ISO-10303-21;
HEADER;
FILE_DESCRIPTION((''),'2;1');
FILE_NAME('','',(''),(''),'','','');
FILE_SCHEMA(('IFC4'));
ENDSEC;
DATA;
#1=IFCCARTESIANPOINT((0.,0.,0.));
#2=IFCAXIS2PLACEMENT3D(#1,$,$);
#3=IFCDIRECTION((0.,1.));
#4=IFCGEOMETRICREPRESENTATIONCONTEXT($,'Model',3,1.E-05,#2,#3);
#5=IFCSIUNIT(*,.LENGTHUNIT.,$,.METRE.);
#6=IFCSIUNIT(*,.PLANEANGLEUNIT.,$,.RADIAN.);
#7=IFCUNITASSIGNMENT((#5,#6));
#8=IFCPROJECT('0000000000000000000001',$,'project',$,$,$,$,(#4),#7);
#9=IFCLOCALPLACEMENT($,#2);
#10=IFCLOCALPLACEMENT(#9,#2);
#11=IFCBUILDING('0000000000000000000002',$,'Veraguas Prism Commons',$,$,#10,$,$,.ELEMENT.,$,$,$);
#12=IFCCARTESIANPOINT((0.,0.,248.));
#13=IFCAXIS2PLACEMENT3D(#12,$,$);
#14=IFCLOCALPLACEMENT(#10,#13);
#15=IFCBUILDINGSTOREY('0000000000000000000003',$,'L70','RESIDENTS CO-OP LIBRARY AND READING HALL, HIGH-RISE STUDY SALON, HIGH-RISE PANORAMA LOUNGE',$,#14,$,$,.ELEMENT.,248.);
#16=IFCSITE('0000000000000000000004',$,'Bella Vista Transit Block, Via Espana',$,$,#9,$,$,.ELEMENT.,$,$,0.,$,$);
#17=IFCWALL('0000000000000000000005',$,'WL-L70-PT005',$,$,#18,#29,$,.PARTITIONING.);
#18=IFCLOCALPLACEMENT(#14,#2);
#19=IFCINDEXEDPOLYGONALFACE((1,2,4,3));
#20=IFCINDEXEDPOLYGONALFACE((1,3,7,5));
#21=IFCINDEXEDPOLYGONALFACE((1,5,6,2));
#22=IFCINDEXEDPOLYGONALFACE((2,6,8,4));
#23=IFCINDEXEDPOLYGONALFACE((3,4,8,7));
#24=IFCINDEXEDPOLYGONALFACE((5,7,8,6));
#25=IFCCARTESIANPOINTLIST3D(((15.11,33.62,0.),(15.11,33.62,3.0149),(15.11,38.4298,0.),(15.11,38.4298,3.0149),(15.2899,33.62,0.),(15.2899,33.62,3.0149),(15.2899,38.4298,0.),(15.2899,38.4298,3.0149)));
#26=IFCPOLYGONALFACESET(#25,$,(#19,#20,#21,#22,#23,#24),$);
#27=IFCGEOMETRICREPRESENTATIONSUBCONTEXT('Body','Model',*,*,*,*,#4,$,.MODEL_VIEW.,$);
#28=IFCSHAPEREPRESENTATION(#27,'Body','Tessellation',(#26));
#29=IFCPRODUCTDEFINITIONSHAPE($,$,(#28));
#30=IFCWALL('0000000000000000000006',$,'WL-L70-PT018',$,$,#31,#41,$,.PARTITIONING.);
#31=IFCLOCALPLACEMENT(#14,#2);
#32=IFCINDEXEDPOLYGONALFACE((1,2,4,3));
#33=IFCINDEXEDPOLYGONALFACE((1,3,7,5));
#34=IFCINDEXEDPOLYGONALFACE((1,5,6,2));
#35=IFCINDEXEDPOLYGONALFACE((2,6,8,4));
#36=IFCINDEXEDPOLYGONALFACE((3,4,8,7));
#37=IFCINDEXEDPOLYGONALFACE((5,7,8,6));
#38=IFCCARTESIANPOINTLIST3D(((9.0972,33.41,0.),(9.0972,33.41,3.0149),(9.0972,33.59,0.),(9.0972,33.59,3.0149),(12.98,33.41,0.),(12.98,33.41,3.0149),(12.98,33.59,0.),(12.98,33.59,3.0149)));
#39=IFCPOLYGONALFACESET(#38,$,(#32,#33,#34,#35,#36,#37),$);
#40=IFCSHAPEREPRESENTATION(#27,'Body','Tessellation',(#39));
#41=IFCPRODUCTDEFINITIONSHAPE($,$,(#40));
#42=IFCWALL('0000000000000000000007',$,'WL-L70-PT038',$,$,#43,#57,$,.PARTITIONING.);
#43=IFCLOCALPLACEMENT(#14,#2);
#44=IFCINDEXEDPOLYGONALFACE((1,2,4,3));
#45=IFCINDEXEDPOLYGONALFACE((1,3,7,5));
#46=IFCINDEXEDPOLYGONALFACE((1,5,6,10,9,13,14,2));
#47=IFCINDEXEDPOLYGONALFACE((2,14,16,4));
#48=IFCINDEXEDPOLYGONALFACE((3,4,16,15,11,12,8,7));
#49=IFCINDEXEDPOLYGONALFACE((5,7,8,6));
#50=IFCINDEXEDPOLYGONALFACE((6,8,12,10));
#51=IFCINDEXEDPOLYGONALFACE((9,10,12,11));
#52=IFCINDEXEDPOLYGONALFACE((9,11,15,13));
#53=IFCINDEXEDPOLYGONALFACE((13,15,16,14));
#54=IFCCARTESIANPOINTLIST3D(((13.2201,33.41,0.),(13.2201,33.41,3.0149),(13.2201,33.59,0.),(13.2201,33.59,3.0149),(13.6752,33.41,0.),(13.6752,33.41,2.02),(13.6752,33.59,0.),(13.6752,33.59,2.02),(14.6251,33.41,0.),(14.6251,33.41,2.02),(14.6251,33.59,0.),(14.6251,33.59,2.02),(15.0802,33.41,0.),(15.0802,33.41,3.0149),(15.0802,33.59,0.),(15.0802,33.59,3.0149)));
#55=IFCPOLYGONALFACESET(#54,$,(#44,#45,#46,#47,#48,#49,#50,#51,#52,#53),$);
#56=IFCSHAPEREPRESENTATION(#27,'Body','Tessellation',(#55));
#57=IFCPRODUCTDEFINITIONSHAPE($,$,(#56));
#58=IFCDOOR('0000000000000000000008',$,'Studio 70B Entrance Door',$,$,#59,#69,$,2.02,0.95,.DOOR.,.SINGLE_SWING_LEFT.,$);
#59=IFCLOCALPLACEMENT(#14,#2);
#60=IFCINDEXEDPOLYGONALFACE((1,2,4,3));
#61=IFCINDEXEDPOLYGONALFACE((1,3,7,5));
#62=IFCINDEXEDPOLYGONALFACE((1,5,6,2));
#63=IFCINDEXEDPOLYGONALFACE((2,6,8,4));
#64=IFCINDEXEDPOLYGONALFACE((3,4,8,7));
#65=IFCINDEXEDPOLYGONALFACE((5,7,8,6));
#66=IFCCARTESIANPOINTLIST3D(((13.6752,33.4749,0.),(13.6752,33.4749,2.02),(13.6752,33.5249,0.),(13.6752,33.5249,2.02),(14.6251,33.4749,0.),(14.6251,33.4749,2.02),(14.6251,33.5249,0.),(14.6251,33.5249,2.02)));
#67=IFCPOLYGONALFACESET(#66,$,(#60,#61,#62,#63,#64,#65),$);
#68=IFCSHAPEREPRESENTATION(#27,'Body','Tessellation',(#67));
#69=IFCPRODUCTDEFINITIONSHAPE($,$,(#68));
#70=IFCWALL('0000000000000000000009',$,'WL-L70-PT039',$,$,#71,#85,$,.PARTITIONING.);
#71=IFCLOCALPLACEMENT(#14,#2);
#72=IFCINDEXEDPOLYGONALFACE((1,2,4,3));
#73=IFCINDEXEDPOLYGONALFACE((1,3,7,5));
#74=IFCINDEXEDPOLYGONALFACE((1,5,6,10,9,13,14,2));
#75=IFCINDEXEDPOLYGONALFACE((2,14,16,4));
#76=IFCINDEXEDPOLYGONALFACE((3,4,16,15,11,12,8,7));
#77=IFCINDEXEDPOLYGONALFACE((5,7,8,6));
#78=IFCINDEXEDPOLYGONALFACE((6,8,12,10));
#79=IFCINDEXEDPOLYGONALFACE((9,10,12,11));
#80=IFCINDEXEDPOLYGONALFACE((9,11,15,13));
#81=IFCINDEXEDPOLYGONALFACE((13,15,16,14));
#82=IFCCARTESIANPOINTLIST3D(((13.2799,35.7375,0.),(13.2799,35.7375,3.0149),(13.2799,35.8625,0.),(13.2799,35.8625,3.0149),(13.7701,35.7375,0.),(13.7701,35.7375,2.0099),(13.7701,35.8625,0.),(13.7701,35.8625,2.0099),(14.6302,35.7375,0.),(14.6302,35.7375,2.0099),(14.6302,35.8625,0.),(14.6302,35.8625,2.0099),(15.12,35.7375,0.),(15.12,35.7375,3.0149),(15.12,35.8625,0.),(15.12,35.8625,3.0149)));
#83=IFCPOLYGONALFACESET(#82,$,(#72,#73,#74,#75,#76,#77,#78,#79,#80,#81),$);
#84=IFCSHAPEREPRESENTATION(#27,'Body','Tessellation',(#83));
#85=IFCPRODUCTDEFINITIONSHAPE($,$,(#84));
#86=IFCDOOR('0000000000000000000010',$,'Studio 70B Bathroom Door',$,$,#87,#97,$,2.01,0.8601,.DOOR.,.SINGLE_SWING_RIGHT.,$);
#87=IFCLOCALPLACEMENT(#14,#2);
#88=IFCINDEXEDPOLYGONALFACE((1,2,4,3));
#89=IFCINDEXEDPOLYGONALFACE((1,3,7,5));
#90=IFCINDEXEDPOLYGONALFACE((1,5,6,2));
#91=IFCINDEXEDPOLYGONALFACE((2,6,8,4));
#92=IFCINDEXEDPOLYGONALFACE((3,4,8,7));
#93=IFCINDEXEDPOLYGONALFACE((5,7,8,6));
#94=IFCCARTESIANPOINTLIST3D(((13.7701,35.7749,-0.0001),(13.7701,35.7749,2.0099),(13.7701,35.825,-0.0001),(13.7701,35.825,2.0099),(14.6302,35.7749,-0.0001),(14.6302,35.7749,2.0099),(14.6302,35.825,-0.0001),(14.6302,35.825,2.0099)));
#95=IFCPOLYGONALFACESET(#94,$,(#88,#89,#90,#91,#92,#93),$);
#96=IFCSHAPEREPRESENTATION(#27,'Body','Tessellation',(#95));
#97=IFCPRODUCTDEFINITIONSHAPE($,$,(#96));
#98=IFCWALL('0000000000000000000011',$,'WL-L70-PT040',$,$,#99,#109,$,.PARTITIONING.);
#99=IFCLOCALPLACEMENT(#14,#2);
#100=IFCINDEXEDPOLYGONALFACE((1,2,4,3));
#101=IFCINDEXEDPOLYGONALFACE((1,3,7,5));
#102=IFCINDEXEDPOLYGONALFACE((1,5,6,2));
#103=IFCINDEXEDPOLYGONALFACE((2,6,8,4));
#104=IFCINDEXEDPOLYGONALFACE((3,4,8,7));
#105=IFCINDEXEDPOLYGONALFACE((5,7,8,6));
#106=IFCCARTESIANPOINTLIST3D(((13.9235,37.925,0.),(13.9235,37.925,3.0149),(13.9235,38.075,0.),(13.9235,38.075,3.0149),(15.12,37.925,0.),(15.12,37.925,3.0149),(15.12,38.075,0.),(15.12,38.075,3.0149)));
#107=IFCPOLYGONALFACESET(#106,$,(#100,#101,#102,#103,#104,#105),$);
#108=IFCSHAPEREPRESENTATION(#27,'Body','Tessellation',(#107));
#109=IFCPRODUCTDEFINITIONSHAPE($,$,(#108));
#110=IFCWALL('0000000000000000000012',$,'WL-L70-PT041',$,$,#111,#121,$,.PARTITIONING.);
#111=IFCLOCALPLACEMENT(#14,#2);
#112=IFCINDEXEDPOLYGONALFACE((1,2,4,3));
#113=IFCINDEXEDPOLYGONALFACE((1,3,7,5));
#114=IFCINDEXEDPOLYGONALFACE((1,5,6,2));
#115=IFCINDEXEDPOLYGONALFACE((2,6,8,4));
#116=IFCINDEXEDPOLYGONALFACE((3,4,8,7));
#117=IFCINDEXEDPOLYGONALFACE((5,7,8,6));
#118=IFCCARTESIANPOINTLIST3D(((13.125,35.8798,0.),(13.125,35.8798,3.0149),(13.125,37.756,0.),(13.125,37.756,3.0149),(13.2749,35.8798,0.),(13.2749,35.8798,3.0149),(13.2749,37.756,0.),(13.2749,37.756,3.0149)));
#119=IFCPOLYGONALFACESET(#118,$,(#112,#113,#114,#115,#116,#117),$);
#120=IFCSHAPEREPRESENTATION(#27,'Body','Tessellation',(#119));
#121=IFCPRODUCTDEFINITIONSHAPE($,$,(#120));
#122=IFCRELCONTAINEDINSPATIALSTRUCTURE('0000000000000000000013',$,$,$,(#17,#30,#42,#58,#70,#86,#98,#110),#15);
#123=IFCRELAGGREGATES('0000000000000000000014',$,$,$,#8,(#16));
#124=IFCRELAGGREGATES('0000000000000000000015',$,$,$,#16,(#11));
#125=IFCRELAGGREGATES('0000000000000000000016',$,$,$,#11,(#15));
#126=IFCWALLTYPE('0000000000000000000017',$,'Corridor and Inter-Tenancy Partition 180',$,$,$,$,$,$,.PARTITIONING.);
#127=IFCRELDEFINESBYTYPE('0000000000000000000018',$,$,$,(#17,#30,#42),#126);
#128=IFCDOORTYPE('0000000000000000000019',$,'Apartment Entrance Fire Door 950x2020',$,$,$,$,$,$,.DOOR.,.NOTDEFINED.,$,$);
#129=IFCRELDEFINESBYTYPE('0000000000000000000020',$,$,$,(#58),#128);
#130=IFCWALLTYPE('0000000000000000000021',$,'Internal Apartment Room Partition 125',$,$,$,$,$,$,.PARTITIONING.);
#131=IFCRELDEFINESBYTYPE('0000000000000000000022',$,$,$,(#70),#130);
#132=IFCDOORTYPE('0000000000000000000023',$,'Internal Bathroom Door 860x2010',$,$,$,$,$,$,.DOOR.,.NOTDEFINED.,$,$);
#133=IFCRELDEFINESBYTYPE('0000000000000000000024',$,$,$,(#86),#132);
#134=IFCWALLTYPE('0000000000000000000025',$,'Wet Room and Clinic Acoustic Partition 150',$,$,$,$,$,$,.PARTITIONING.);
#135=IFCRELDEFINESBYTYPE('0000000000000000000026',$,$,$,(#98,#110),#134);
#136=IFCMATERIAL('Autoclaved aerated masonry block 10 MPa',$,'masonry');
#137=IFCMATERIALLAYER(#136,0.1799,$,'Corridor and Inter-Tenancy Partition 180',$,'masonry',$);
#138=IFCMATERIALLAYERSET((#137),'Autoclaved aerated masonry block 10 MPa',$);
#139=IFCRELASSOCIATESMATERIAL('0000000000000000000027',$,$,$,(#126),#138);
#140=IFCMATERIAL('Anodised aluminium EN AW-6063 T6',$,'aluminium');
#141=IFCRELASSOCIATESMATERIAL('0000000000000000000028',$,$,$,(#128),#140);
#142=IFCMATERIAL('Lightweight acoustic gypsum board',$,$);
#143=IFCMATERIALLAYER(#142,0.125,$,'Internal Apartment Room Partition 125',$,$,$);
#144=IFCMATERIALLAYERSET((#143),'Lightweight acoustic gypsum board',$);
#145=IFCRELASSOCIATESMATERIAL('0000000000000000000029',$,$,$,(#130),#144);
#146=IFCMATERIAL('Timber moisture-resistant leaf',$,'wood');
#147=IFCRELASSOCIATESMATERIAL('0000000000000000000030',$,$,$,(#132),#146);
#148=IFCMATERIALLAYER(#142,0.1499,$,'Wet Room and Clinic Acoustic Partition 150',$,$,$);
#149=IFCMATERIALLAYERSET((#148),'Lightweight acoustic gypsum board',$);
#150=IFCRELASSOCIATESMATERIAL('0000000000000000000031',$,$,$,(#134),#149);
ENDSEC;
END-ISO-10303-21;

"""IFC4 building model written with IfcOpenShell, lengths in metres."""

from ifc_helpers import new_model, si_unit, direction, frame, frame_2d, origin, place, context, subcontext, project, spatial, rectangle, extrude, source, transform, mapped, material, layer, layer_set, type_object, element, fill, save


model = new_model("IFC4")

# Units and contexts
model_context = context("Model", 3, precision=1e-05, world=origin(), true_north=direction((0.0, 1.0)))
body_context = subcontext(model_context, "Body", "Model", "MODEL_VIEW")
ifc_project = project(units=[si_unit("LENGTHUNIT", "METRE"), si_unit("PLANEANGLEUNIT", "RADIAN")], contexts=[model_context])

# Site, building, storey
site_placement = place(None, origin())
site = spatial("IfcSite", under=ifc_project, at=site_placement, Name="Bella Vista Transit Block, Via Espana", CompositionType="ELEMENT", RefElevation=0.0)
building_placement = place(site_placement, origin())
building = spatial("IfcBuilding", under=site, at=building_placement, Name="Veraguas Prism Commons", CompositionType="ELEMENT")
storey_placement = place(building_placement, frame((0.0, 0.0, 248.0)))
storey = spatial("IfcBuildingStorey", under=building, at=storey_placement, Name="L70", Description="RESIDENTS CO-OP LIBRARY AND READING HALL, HIGH-RISE STUDY SALON, HIGH-RISE PANORAMA LOUNGE", CompositionType="ELEMENT", Elevation=248.0)

# Shared definitions
ifc_material_1 = material(Name="Anodised aluminium EN AW-6063 T6", Category="aluminium")

# Walls
ifc_material_2 = material(Name="Autoclaved aerated masonry block 10 MPa", Category="masonry")
ifc_layer_1 = layer(ifc_material_2, 0.1799, Name="Corridor and Inter-Tenancy Partition 180", Category="masonry")
ifc_layer_set_1 = layer_set([ifc_layer_1], Name="Autoclaved aerated masonry block 10 MPa")
wall_type_1 = type_object("IfcWallType", Name="Corridor and Inter-Tenancy Partition 180", PredefinedType="PARTITIONING", material=ifc_layer_set_1)
wall_1_placement = place(storey_placement, frame((15.2, 33.6201, 0.0), z_axis=(0.0, 0.0, 1.0), x_axis=(0.0, 1.0, 0.0)))
element("IfcWall", 1, at=wall_1_placement, inside=storey, type_object=wall_type_1, Name="WL-L70-PT005", PredefinedType="PARTITIONING", context=body_context, shape_type="SweptSolid", body=[
    extrude(rectangle(XDim=4.8098, YDim=0.1799, at=frame_2d((2.4048, 0.0))), origin(), (0.0, 0.0, 1.0), 3.0149),
])
wall_2_placement = place(storey_placement, frame((12.98, 33.5, 0.0), z_axis=(0.0, 0.0, 1.0), x_axis=(-1.0, 0.0, 0.0)))
element("IfcWall", 2, at=wall_2_placement, inside=storey, type_object=wall_type_1, Name="WL-L70-PT018", PredefinedType="PARTITIONING", context=body_context, shape_type="SweptSolid", body=[
    extrude(rectangle(XDim=3.8828, YDim=0.1799, at=frame_2d((1.9414, 0.0))), origin(), (0.0, 0.0, 1.0), 3.0149),
])

# Walls, openings, doors
wall_3_placement = place(storey_placement, frame((13.22, 33.5, 0.0), z_axis=(0.0, 0.0, 1.0), x_axis=(1.0, 0.0, 0.0)))
wall_3 = element("IfcWall", 3, at=wall_3_placement, inside=storey, type_object=wall_type_1, Name="WL-L70-PT038", PredefinedType="PARTITIONING", context=body_context, shape_type="SweptSolid", body=[
    extrude(rectangle(XDim=1.8601, YDim=0.1799, at=frame_2d((0.9302, 0.0))), origin(), (0.0, 0.0, 1.0), 3.0149),
])
opening_1_placement = place(wall_3_placement, frame((0.4551, 0.0, 0.0)))
opening_1 = element("IfcOpeningElement", 4, at=opening_1_placement, cuts=wall_3, PredefinedType="OPENING", context=body_context, shape_type="SweptSolid", body=[
    extrude(rectangle(XDim=0.95, YDim=2.02, at=frame_2d((0.4751, 1.01))), frame((0.0, 0.0999, 0.0), z_axis=(0.0, -1.0, 0.0), x_axis=(1.0, 0.0, 0.0)), (0.0, 0.0, 1.0), 0.2),
])
door_type_1 = type_object("IfcDoorType", Name="Apartment Entrance Fire Door 950x2020", OperationType="NOTDEFINED", PredefinedType="DOOR", material=ifc_material_1)
shared_shape_1 = source(origin(), body_context, "Body", "SweptSolid", [
    extrude(rectangle(XDim=0.95, YDim=2.02, at=frame_2d((0.4751, 1.01))), frame((0.0, 0.0249, 0.0), z_axis=(0.0, -1.0, 0.0), x_axis=(1.0, 0.0, 0.0)), (0.0, 0.0, 1.0), 0.05),
])
door_1_placement = place(opening_1_placement, origin())
door_1 = element("IfcDoor", 5, at=door_1_placement, inside=storey, type_object=door_type_1, Name="Studio 70B Entrance Door", OperationType="SINGLE_SWING_LEFT", OverallHeight=2.02, OverallWidth=0.95, PredefinedType="DOOR", context=body_context, shape_type="MappedRepresentation", body=[
    mapped(shared_shape_1, transform((0.0, 0.0, 0.0), scale=1.0)),
])
fill(opening_1, door_1)
ifc_material_3 = material(Name="Lightweight acoustic gypsum board")
ifc_layer_2 = layer(ifc_material_3, 0.125, Name="Internal Apartment Room Partition 125")
ifc_layer_set_2 = layer_set([ifc_layer_2], Name="Lightweight acoustic gypsum board")
wall_type_2 = type_object("IfcWallType", Name="Internal Apartment Room Partition 125", PredefinedType="PARTITIONING", material=ifc_layer_set_2)
wall_4_placement = place(storey_placement, frame((13.28, 35.8, 0.0), z_axis=(0.0, 0.0, 1.0), x_axis=(1.0, 0.0, 0.0)))
wall_4 = element("IfcWall", 6, at=wall_4_placement, inside=storey, type_object=wall_type_2, Name="WL-L70-PT039", PredefinedType="PARTITIONING", context=body_context, shape_type="SweptSolid", body=[
    extrude(rectangle(XDim=1.8401, YDim=0.125, at=frame_2d((0.9199, 0.0))), origin(), (0.0, 0.0, 1.0), 3.0149),
])
opening_2_placement = place(wall_4_placement, frame((0.49, 0.0, 0.0)))
opening_2 = element("IfcOpeningElement", 7, at=opening_2_placement, cuts=wall_4, PredefinedType="OPENING", context=body_context, shape_type="SweptSolid", body=[
    extrude(rectangle(XDim=0.8601, YDim=2.01, at=frame_2d((0.4302, 1.0049))), frame((0.0, 0.0725, 0.0), z_axis=(0.0, -1.0, 0.0), x_axis=(1.0, 0.0, 0.0)), (0.0, 0.0, 1.0), 0.145),
])
ifc_material_4 = material(Name="Timber moisture-resistant leaf", Category="wood")
door_type_2 = type_object("IfcDoorType", Name="Internal Bathroom Door 860x2010", OperationType="NOTDEFINED", PredefinedType="DOOR", material=ifc_material_4)
shared_shape_2 = source(origin(), body_context, "Body", "SweptSolid", [
    extrude(rectangle(XDim=0.8601, YDim=2.01, at=frame_2d((0.4302, 1.0049))), frame((0.0, 0.0249, 0.0), z_axis=(0.0, -1.0, 0.0), x_axis=(1.0, 0.0, 0.0)), (0.0, 0.0, 1.0), 0.05),
])
door_2_placement = place(opening_2_placement, origin())
door_2 = element("IfcDoor", 8, at=door_2_placement, inside=storey, type_object=door_type_2, Name="Studio 70B Bathroom Door", OperationType="SINGLE_SWING_RIGHT", OverallHeight=2.01, OverallWidth=0.8601, PredefinedType="DOOR", context=body_context, shape_type="MappedRepresentation", body=[
    mapped(shared_shape_2, transform((0.0, 0.0, 0.0), scale=1.0)),
])
fill(opening_2, door_2)

# Walls
ifc_layer_3 = layer(ifc_material_3, 0.1499, Name="Wet Room and Clinic Acoustic Partition 150")
ifc_layer_set_3 = layer_set([ifc_layer_3], Name="Lightweight acoustic gypsum board")
wall_type_3 = type_object("IfcWallType", Name="Wet Room and Clinic Acoustic Partition 150", PredefinedType="PARTITIONING", material=ifc_layer_set_3)
wall_5_placement = place(storey_placement, frame((13.9236, 38.0, 0.0), z_axis=(0.0, 0.0, 1.0), x_axis=(1.0, 0.0, 0.0)))
element("IfcWall", 9, at=wall_5_placement, inside=storey, type_object=wall_type_3, Name="WL-L70-PT040", PredefinedType="PARTITIONING", context=body_context, shape_type="SweptSolid", body=[
    extrude(rectangle(XDim=1.1965, YDim=0.1499, at=frame_2d((0.5981, 0.0))), origin(), (0.0, 0.0, 1.0), 3.0149),
])
wall_6_placement = place(storey_placement, frame((13.2, 35.8799, 0.0), z_axis=(0.0, 0.0, 1.0), x_axis=(0.0, 1.0, 0.0)))
element("IfcWall", 10, at=wall_6_placement, inside=storey, type_object=wall_type_3, Name="WL-L70-PT041", PredefinedType="PARTITIONING", context=body_context, shape_type="SweptSolid", body=[
    extrude(rectangle(XDim=1.8762, YDim=0.1499, at=frame_2d((0.938, 0.0))), origin(), (0.0, 0.0, 1.0), 3.0149),
])

save(model, "model.ifc")
